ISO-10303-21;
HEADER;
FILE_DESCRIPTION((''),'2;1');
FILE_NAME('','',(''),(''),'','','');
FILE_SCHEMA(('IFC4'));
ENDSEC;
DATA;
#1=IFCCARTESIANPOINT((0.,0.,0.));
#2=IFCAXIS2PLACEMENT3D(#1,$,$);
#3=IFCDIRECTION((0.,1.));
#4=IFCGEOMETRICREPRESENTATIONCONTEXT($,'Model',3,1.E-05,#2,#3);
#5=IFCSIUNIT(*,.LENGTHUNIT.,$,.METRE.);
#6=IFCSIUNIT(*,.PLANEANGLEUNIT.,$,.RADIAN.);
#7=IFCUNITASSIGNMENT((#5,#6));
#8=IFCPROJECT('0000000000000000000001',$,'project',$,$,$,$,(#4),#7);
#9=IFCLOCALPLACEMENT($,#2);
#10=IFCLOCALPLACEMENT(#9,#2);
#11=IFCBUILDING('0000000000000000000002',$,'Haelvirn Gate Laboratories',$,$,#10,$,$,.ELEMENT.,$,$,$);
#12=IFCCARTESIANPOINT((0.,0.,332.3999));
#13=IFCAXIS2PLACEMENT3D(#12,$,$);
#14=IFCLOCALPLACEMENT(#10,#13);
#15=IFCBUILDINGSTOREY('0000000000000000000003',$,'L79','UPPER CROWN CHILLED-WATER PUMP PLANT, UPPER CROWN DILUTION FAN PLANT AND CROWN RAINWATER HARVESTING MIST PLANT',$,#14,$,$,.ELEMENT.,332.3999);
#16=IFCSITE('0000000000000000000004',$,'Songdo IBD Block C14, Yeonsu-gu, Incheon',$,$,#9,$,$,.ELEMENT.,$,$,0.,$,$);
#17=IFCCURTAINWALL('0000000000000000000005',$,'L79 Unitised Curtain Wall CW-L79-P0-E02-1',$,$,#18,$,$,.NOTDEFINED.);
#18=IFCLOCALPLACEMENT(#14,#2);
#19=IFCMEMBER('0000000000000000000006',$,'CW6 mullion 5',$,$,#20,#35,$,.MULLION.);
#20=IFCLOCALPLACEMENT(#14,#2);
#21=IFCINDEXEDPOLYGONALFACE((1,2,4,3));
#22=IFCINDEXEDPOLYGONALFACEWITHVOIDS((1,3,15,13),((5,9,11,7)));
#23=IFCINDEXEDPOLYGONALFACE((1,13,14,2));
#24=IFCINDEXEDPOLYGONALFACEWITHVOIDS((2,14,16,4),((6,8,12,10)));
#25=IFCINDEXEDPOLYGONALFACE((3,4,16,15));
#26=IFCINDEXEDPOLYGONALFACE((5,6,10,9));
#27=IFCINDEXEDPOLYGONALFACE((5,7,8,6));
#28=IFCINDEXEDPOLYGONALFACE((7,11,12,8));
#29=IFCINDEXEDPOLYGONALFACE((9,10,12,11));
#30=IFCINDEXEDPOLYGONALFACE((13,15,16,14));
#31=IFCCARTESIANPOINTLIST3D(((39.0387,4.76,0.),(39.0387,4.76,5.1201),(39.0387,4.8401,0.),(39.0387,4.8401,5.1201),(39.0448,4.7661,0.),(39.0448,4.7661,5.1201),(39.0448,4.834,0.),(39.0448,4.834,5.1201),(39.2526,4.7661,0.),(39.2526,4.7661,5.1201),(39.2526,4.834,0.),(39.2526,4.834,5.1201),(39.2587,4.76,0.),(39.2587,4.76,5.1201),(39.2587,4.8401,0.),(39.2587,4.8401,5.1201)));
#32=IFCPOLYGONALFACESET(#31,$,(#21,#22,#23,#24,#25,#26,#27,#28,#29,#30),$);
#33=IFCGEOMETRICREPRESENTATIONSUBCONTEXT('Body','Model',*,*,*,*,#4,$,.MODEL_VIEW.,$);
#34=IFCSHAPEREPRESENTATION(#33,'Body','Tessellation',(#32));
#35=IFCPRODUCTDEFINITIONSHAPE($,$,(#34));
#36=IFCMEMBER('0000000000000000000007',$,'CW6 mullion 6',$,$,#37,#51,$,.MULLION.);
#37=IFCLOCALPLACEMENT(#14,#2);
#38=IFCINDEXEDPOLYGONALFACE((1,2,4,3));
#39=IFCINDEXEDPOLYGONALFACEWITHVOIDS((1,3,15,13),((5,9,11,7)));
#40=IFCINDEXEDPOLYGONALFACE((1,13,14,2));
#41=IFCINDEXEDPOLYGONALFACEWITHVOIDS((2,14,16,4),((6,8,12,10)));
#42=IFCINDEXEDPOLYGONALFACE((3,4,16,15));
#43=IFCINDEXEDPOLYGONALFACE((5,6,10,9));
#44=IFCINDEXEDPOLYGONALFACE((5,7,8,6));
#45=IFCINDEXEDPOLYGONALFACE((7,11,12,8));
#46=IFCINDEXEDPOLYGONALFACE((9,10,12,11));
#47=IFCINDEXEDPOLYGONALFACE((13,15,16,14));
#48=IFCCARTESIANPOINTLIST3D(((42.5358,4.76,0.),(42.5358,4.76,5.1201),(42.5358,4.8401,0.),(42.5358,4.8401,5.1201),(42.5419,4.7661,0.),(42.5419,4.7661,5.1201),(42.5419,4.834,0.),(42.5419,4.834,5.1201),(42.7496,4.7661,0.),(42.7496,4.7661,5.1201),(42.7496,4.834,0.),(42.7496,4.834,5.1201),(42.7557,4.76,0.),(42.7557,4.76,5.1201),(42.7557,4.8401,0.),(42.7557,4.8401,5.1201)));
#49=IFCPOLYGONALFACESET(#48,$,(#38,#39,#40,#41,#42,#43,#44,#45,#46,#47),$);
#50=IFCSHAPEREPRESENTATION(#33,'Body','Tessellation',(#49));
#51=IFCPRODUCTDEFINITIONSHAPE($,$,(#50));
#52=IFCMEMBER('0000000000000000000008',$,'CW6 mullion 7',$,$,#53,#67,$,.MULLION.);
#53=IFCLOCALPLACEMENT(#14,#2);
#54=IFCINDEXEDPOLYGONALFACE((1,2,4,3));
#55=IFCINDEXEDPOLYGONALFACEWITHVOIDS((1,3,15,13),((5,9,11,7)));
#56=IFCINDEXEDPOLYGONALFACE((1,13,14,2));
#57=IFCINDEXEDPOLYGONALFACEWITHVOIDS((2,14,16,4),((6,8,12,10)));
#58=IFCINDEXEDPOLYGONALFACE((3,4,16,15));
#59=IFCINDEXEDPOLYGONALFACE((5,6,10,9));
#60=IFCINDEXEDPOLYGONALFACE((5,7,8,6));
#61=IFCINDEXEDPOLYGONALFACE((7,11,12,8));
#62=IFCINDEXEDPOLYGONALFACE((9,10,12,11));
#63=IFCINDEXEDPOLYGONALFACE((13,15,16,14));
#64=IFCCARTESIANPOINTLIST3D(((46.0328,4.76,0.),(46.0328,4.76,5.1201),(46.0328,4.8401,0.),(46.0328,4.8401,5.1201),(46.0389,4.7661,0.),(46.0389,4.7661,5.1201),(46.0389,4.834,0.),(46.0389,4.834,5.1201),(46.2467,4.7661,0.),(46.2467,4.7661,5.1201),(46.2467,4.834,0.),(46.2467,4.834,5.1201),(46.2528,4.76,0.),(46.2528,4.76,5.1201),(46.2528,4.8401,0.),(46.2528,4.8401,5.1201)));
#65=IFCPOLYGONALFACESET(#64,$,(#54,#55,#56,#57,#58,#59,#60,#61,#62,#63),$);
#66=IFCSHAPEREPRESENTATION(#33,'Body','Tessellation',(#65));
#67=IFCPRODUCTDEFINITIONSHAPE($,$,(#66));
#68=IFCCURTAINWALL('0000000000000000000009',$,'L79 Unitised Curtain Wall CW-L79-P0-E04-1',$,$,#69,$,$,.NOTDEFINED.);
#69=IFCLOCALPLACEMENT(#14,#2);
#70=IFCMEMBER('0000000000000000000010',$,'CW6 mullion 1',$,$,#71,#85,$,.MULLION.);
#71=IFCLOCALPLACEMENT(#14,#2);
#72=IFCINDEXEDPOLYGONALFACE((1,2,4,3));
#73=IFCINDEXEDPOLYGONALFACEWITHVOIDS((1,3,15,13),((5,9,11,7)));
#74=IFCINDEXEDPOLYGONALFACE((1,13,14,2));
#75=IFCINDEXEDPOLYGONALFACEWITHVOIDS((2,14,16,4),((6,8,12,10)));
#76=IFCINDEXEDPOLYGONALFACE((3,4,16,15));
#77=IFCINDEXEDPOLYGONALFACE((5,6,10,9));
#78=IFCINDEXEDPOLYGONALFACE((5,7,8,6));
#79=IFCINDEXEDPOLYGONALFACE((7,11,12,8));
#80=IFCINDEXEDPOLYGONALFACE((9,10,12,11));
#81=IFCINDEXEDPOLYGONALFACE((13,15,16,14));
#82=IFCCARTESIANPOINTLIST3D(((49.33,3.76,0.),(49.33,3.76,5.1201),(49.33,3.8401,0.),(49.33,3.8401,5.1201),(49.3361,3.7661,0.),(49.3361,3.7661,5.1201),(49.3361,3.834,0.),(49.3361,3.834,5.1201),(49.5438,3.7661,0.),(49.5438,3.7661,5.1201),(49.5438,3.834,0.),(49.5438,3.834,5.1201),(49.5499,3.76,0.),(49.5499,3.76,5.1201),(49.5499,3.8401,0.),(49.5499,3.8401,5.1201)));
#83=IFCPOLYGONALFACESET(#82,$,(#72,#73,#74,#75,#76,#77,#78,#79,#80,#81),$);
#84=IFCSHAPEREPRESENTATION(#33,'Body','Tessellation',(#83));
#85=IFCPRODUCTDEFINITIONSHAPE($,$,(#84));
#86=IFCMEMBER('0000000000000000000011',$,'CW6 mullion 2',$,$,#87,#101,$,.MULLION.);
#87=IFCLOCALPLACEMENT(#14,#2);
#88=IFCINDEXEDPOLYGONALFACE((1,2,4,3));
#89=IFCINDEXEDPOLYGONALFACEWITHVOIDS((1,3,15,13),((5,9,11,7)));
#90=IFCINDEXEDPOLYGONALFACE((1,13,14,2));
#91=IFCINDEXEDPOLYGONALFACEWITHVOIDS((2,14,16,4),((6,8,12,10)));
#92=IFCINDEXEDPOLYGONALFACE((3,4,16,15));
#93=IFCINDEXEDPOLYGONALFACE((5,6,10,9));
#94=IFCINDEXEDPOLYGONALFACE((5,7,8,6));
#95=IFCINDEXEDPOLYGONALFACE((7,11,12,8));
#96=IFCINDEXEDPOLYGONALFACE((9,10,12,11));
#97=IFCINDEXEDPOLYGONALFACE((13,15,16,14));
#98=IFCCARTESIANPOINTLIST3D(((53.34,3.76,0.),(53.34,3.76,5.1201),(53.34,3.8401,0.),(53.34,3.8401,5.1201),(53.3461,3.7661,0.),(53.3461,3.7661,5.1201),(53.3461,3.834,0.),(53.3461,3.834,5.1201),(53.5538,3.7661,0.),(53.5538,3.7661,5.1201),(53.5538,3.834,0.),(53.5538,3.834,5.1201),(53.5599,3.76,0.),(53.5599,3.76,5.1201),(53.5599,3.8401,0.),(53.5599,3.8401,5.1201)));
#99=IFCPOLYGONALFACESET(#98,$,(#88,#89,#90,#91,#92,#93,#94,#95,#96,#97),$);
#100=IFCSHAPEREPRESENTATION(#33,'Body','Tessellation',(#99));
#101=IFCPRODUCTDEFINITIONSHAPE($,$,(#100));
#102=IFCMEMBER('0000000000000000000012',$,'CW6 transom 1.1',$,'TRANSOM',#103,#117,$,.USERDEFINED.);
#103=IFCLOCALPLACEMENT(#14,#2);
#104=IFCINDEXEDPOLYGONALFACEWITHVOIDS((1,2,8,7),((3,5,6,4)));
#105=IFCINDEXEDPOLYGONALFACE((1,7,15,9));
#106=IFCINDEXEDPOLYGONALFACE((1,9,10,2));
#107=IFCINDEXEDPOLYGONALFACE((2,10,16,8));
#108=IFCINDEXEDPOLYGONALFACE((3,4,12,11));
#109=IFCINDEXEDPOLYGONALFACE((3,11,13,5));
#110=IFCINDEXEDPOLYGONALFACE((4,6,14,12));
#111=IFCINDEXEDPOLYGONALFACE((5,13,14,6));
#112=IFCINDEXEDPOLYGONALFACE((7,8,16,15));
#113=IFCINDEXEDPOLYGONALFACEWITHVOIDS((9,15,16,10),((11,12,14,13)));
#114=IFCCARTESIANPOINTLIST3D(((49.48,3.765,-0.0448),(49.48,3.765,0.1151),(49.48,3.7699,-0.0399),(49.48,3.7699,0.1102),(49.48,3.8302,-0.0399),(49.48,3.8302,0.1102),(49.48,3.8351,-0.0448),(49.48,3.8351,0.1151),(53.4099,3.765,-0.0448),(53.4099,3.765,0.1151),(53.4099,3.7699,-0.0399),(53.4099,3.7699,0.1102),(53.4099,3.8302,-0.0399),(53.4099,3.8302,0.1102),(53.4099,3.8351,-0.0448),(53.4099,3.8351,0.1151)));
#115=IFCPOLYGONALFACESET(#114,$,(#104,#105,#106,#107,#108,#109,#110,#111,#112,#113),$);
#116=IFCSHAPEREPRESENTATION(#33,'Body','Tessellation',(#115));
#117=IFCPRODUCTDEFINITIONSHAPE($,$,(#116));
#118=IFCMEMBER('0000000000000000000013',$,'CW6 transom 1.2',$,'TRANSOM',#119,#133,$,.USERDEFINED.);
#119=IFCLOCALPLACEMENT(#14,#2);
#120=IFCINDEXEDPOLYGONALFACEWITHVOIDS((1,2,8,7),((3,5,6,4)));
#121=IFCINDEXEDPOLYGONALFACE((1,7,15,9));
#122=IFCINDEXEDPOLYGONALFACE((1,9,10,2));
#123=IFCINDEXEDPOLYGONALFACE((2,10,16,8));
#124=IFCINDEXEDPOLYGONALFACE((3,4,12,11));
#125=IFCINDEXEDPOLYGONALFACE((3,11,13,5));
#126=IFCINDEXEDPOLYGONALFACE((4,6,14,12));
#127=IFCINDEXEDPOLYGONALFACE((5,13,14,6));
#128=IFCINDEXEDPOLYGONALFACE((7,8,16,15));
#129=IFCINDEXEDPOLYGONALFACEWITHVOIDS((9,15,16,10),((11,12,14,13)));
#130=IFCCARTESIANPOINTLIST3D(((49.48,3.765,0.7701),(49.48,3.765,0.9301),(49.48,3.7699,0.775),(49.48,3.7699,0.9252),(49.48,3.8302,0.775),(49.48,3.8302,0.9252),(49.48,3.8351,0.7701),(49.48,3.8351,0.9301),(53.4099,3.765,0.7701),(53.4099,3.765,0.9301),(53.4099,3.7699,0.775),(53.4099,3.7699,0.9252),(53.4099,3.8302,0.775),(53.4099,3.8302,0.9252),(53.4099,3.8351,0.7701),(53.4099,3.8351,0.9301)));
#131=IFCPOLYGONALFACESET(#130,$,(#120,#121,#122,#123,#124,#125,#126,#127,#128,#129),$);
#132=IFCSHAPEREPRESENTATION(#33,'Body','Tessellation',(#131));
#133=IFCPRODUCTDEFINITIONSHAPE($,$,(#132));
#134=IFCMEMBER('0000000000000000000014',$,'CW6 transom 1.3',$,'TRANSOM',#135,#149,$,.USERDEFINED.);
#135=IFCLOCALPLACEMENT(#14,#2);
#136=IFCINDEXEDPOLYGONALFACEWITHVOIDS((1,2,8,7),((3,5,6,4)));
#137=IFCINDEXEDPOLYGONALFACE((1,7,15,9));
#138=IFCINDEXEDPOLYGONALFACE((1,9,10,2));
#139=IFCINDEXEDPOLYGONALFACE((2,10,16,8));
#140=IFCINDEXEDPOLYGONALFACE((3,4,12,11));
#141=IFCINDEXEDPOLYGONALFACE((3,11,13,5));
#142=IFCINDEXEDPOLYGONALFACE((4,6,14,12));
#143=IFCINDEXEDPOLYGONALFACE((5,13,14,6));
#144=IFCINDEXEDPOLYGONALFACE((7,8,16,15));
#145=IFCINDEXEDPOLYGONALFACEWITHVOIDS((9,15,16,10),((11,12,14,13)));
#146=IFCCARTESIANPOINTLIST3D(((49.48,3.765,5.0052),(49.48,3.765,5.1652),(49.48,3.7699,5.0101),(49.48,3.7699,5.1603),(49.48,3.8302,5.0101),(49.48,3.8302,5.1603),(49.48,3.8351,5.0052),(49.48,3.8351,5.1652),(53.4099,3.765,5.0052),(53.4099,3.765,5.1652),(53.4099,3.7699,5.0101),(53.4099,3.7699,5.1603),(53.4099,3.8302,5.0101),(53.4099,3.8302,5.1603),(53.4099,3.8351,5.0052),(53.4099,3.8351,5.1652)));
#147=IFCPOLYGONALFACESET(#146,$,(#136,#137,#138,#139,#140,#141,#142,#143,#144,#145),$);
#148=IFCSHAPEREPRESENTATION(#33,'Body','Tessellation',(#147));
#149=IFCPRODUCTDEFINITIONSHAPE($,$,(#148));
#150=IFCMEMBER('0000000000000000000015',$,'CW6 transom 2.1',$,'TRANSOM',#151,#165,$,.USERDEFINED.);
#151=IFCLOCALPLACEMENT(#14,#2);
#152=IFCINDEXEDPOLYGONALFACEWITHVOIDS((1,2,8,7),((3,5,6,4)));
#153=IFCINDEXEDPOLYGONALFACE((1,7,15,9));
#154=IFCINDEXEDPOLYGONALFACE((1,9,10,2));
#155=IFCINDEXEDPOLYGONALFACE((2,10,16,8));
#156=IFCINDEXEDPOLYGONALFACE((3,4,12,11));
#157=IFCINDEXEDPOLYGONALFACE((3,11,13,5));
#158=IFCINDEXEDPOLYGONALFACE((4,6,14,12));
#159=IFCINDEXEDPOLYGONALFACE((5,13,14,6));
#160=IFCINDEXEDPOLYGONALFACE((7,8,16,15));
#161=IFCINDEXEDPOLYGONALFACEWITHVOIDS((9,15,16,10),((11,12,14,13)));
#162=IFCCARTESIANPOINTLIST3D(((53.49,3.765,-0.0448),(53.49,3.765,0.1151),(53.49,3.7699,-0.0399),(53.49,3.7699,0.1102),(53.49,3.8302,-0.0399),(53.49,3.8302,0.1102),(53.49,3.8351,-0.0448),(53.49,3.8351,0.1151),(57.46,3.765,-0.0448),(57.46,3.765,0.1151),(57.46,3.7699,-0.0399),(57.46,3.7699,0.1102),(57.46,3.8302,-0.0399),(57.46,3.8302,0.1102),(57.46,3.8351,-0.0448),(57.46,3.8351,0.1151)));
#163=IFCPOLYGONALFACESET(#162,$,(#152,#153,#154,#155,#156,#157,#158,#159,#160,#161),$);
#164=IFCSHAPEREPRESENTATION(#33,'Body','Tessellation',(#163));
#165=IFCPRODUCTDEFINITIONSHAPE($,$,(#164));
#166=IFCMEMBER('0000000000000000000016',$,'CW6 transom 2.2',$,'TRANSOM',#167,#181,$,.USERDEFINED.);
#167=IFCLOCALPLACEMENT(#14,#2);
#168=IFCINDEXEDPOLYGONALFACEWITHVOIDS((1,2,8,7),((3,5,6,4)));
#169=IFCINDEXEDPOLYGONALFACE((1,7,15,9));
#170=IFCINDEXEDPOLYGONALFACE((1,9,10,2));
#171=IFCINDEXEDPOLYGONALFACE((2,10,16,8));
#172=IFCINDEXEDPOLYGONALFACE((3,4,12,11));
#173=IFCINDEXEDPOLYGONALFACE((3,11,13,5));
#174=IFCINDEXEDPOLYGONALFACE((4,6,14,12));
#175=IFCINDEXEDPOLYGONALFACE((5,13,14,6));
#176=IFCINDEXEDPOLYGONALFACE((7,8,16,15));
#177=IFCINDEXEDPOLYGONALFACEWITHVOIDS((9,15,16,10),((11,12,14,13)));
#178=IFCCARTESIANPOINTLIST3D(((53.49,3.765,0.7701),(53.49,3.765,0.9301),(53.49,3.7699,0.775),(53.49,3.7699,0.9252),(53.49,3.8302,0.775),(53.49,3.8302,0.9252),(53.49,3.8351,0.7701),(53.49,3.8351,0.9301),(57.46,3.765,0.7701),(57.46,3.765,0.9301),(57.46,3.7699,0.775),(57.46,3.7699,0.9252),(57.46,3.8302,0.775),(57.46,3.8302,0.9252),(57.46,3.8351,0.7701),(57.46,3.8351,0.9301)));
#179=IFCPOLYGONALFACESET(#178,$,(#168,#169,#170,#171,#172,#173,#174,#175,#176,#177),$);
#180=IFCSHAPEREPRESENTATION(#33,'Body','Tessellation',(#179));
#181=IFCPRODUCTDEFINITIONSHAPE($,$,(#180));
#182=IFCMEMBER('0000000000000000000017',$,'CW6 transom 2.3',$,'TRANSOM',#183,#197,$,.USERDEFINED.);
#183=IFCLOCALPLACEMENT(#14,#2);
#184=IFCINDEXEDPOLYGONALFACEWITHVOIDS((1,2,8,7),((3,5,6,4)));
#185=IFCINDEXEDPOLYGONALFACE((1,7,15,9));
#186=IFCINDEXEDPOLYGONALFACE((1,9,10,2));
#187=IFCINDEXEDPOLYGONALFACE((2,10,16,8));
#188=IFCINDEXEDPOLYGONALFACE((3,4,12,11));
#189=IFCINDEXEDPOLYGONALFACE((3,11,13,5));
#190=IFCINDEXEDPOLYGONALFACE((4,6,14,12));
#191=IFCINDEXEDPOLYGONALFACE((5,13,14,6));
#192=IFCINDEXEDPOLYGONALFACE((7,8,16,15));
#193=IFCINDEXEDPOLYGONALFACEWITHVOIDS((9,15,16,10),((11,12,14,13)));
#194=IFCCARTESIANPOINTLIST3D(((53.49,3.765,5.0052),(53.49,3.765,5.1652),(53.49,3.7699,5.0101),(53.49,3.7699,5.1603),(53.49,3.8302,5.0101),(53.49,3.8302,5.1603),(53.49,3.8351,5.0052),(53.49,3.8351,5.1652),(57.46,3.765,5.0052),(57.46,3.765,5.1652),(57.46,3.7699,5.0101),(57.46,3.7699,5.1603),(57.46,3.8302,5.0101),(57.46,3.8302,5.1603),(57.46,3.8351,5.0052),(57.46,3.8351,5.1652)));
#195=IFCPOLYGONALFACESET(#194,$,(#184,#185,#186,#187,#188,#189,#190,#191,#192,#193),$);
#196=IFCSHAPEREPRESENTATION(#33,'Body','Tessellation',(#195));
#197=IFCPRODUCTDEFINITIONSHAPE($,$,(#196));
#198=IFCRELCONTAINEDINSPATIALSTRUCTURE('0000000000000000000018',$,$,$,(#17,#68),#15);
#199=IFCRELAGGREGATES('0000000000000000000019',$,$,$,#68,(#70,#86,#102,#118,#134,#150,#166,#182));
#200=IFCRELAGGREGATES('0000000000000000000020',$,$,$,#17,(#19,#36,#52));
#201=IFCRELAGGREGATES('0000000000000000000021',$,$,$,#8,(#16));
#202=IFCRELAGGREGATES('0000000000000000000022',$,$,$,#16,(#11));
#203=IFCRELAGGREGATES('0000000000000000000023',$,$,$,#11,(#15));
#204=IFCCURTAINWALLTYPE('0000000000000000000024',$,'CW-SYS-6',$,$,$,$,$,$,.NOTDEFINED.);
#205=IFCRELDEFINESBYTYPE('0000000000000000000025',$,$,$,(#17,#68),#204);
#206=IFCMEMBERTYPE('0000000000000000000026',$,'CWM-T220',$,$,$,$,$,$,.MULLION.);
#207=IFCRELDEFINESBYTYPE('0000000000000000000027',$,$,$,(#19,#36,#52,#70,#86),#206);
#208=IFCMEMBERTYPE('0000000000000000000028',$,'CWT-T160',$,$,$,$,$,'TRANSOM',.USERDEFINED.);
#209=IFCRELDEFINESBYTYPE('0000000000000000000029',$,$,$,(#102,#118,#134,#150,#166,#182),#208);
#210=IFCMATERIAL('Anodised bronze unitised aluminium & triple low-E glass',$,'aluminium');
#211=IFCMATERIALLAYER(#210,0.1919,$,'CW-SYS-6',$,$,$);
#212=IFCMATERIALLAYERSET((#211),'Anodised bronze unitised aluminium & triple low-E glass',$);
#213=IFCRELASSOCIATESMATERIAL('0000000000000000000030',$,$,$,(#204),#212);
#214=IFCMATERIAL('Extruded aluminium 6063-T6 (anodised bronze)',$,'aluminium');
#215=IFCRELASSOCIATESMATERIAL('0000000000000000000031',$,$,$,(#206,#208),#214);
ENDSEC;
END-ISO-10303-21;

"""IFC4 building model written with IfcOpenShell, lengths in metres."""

from ifc_helpers import new_model, si_unit, direction, frame, origin, origin_2d, place, context, subcontext, project, spatial, hollow_rectangle, extrude, source, transform, mapped, material, layer, layer_set, material_profile, profile_set, type_object, type_shapes, element, aggregate, save


model = new_model("IFC4")

# Units and contexts
model_context = context("Model", 3, precision=1e-05, world=origin(), true_north=direction((0.0, 1.0)))
body_context = subcontext(model_context, "Body", "Model", "MODEL_VIEW")
ifc_project = project(units=[si_unit("LENGTHUNIT", "METRE"), si_unit("PLANEANGLEUNIT", "RADIAN")], contexts=[model_context])

# Site, building, storey
site_placement = place(None, origin())
site = spatial("IfcSite", under=ifc_project, at=site_placement, Name="Songdo IBD Block C14, Yeonsu-gu, Incheon", CompositionType="ELEMENT", RefElevation=0.0)
building_placement = place(site_placement, origin())
building = spatial("IfcBuilding", under=site, at=building_placement, Name="Haelvirn Gate Laboratories", CompositionType="ELEMENT")
storey_placement = place(building_placement, frame((0.0, 0.0, 332.3999)))
storey = spatial("IfcBuildingStorey", under=building, at=storey_placement, Name="L79", Description="UPPER CROWN CHILLED-WATER PUMP PLANT, UPPER CROWN DILUTION FAN PLANT AND CROWN RAINWATER HARVESTING MIST PLANT", CompositionType="ELEMENT", Elevation=332.3999)

# Curtain walls, members
ifc_material_1 = material(Name="Anodised bronze unitised aluminium & triple low-E glass", Category="aluminium")
ifc_layer_1 = layer(ifc_material_1, 0.1919, Name="CW-SYS-6")
ifc_layer_set_1 = layer_set([ifc_layer_1], Name="Anodised bronze unitised aluminium & triple low-E glass")
curtain_wall_type = type_object("IfcCurtainWallType", Name="CW-SYS-6", PredefinedType="NOTDEFINED", material=ifc_layer_set_1)
curtain_wall_1_placement = place(storey_placement, origin())
curtain_wall_1 = element("IfcCurtainWall", 1, at=curtain_wall_1_placement, inside=storey, type_object=curtain_wall_type, Name="L79 Unitised Curtain Wall CW-L79-P0-E02-1", PredefinedType="NOTDEFINED")
ifc_material_2 = material(Name="Extruded aluminium 6063-T6 (anodised bronze)", Category="aluminium")
ifc_material_profile_1 = material_profile(ifc_material_2, hollow_rectangle(XDim=0.0801, YDim=0.22, WallThickness=0.0061, at=origin_2d()), Name="CWM-220x80x6")
ifc_profile_set_1 = profile_set([ifc_material_profile_1], Name="Extruded aluminium 6063-T6 (anodised bronze)")
member_type_1 = type_object("IfcMemberType", Name="CWM-T220", PredefinedType="MULLION", material=ifc_profile_set_1)
shared_shape_1 = source(origin(), body_context, "Body", "SweptSolid", [
    extrude(hollow_rectangle(XDim=0.0801, YDim=0.22, WallThickness=0.0061, at=origin_2d()), origin(), (0.0, 0.0, 1.0), 5.1201),
])
type_shapes(member_type_1, [shared_shape_1])
member_1_placement = place(storey_placement, frame((39.1487, 4.8, 0.0), z_axis=(0.0, 0.0, 1.0), x_axis=(0.0, 1.0, 0.0)))
member_1 = element("IfcMember", 2, at=member_1_placement, type_object=member_type_1, Name="CW6 mullion 5", PredefinedType="MULLION", context=body_context, shape_type="MappedRepresentation", body=[
    mapped(shared_shape_1, transform((0.0, 0.0, 0.0), scale=1.0)),
])
member_2_placement = place(storey_placement, frame((42.6458, 4.8, 0.0), z_axis=(0.0, 0.0, 1.0), x_axis=(0.0, 1.0, 0.0)))
member_2 = element("IfcMember", 3, at=member_2_placement, type_object=member_type_1, Name="CW6 mullion 6", PredefinedType="MULLION", context=body_context, shape_type="MappedRepresentation", body=[
    mapped(shared_shape_1, transform((0.0, 0.0, 0.0), scale=1.0)),
])
member_3_placement = place(storey_placement, frame((46.1428, 4.8, 0.0), z_axis=(0.0, 0.0, 1.0), x_axis=(0.0, 1.0, 0.0)))
member_3 = element("IfcMember", 4, at=member_3_placement, type_object=member_type_1, Name="CW6 mullion 7", PredefinedType="MULLION", context=body_context, shape_type="MappedRepresentation", body=[
    mapped(shared_shape_1, transform((0.0, 0.0, 0.0), scale=1.0)),
])
curtain_wall_2_placement = place(storey_placement, origin())
curtain_wall_2 = element("IfcCurtainWall", 5, at=curtain_wall_2_placement, inside=storey, type_object=curtain_wall_type, Name="L79 Unitised Curtain Wall CW-L79-P0-E04-1", PredefinedType="NOTDEFINED")
member_4_placement = place(storey_placement, frame((49.4399, 3.8, 0.0), z_axis=(0.0, 0.0, 1.0), x_axis=(0.0, 1.0, 0.0)))
member_4 = element("IfcMember", 6, at=member_4_placement, type_object=member_type_1, Name="CW6 mullion 1", PredefinedType="MULLION", context=body_context, shape_type="MappedRepresentation", body=[
    mapped(shared_shape_1, transform((0.0, 0.0, 0.0), scale=1.0)),
])
member_5_placement = place(storey_placement, frame((53.45, 3.8, 0.0), z_axis=(0.0, 0.0, 1.0), x_axis=(0.0, 1.0, 0.0)))
member_5 = element("IfcMember", 7, at=member_5_placement, type_object=member_type_1, Name="CW6 mullion 2", PredefinedType="MULLION", context=body_context, shape_type="MappedRepresentation", body=[
    mapped(shared_shape_1, transform((0.0, 0.0, 0.0), scale=1.0)),
])
ifc_material_profile_2 = material_profile(ifc_material_2, hollow_rectangle(XDim=0.0701, YDim=0.1599, WallThickness=0.0049, at=origin_2d()), Name="CWT-160x70x5")
ifc_profile_set_2 = profile_set([ifc_material_profile_2], Name="Extruded aluminium 6063-T6 (anodised bronze)")
member_type_2 = type_object("IfcMemberType", Name="CWT-T160", ElementType="TRANSOM", PredefinedType="USERDEFINED", material=ifc_profile_set_2)
shared_shape_2 = source(origin(), body_context, "Body", "SweptSolid", [
    extrude(hollow_rectangle(XDim=0.0701, YDim=0.1599, WallThickness=0.0049, at=origin_2d()), origin(), (0.0, 0.0, 1.0), 3.9299),
])
member_6_placement = place(storey_placement, frame((49.48, 3.8, 0.0352), z_axis=(1.0, 0.0, 0.0), x_axis=(0.0, 1.0, 0.0)))
member_6 = element("IfcMember", 8, at=member_6_placement, type_object=member_type_2, Name="CW6 transom 1.1", ObjectType="TRANSOM", PredefinedType="USERDEFINED", context=body_context, shape_type="MappedRepresentation", body=[
    mapped(shared_shape_2, transform((0.0, 0.0, 0.0), scale=1.0)),
])
member_7_placement = place(storey_placement, frame((49.48, 3.8, 0.8501), z_axis=(1.0, 0.0, 0.0), x_axis=(0.0, 1.0, 0.0)))
member_7 = element("IfcMember", 9, at=member_7_placement, type_object=member_type_2, Name="CW6 transom 1.2", ObjectType="TRANSOM", PredefinedType="USERDEFINED", context=body_context, shape_type="MappedRepresentation", body=[
    mapped(shared_shape_2, transform((0.0, 0.0, 0.0), scale=1.0)),
])
member_8_placement = place(storey_placement, frame((49.48, 3.8, 5.0852), z_axis=(1.0, 0.0, 0.0), x_axis=(0.0, 1.0, 0.0)))
member_8 = element("IfcMember", 10, at=member_8_placement, type_object=member_type_2, Name="CW6 transom 1.3", ObjectType="TRANSOM", PredefinedType="USERDEFINED", context=body_context, shape_type="MappedRepresentation", body=[
    mapped(shared_shape_2, transform((0.0, 0.0, 0.0), scale=1.0)),
])
shared_shape_3 = source(origin(), body_context, "Body", "SweptSolid", [
    extrude(hollow_rectangle(XDim=0.0701, YDim=0.1599, WallThickness=0.0049, at=origin_2d()), origin(), (0.0, 0.0, 1.0), 3.97),
])
member_9_placement = place(storey_placement, frame((53.49, 3.8, 0.0352), z_axis=(1.0, 0.0, 0.0), x_axis=(0.0, 1.0, 0.0)))
member_9 = element("IfcMember", 11, at=member_9_placement, type_object=member_type_2, Name="CW6 transom 2.1", ObjectType="TRANSOM", PredefinedType="USERDEFINED", context=body_context, shape_type="MappedRepresentation", body=[
    mapped(shared_shape_3, transform((0.0, 0.0, 0.0), scale=1.0)),
])
member_10_placement = place(storey_placement, frame((53.49, 3.8, 0.8501), z_axis=(1.0, 0.0, 0.0), x_axis=(0.0, 1.0, 0.0)))
member_10 = element("IfcMember", 12, at=member_10_placement, type_object=member_type_2, Name="CW6 transom 2.2", ObjectType="TRANSOM", PredefinedType="USERDEFINED", context=body_context, shape_type="MappedRepresentation", body=[
    mapped(shared_shape_3, transform((0.0, 0.0, 0.0), scale=1.0)),
])
member_11_placement = place(storey_placement, frame((53.49, 3.8, 5.0852), z_axis=(1.0, 0.0, 0.0), x_axis=(0.0, 1.0, 0.0)))
member_11 = element("IfcMember", 13, at=member_11_placement, type_object=member_type_2, Name="CW6 transom 2.3", ObjectType="TRANSOM", PredefinedType="USERDEFINED", context=body_context, shape_type="MappedRepresentation", body=[
    mapped(shared_shape_3, transform((0.0, 0.0, 0.0), scale=1.0)),
])

aggregate(curtain_wall_2, [member_4, member_5, member_6, member_7, member_8, member_9, member_10, member_11])
aggregate(curtain_wall_1, [member_1, member_2, member_3])

save(model, "model.ifc")
